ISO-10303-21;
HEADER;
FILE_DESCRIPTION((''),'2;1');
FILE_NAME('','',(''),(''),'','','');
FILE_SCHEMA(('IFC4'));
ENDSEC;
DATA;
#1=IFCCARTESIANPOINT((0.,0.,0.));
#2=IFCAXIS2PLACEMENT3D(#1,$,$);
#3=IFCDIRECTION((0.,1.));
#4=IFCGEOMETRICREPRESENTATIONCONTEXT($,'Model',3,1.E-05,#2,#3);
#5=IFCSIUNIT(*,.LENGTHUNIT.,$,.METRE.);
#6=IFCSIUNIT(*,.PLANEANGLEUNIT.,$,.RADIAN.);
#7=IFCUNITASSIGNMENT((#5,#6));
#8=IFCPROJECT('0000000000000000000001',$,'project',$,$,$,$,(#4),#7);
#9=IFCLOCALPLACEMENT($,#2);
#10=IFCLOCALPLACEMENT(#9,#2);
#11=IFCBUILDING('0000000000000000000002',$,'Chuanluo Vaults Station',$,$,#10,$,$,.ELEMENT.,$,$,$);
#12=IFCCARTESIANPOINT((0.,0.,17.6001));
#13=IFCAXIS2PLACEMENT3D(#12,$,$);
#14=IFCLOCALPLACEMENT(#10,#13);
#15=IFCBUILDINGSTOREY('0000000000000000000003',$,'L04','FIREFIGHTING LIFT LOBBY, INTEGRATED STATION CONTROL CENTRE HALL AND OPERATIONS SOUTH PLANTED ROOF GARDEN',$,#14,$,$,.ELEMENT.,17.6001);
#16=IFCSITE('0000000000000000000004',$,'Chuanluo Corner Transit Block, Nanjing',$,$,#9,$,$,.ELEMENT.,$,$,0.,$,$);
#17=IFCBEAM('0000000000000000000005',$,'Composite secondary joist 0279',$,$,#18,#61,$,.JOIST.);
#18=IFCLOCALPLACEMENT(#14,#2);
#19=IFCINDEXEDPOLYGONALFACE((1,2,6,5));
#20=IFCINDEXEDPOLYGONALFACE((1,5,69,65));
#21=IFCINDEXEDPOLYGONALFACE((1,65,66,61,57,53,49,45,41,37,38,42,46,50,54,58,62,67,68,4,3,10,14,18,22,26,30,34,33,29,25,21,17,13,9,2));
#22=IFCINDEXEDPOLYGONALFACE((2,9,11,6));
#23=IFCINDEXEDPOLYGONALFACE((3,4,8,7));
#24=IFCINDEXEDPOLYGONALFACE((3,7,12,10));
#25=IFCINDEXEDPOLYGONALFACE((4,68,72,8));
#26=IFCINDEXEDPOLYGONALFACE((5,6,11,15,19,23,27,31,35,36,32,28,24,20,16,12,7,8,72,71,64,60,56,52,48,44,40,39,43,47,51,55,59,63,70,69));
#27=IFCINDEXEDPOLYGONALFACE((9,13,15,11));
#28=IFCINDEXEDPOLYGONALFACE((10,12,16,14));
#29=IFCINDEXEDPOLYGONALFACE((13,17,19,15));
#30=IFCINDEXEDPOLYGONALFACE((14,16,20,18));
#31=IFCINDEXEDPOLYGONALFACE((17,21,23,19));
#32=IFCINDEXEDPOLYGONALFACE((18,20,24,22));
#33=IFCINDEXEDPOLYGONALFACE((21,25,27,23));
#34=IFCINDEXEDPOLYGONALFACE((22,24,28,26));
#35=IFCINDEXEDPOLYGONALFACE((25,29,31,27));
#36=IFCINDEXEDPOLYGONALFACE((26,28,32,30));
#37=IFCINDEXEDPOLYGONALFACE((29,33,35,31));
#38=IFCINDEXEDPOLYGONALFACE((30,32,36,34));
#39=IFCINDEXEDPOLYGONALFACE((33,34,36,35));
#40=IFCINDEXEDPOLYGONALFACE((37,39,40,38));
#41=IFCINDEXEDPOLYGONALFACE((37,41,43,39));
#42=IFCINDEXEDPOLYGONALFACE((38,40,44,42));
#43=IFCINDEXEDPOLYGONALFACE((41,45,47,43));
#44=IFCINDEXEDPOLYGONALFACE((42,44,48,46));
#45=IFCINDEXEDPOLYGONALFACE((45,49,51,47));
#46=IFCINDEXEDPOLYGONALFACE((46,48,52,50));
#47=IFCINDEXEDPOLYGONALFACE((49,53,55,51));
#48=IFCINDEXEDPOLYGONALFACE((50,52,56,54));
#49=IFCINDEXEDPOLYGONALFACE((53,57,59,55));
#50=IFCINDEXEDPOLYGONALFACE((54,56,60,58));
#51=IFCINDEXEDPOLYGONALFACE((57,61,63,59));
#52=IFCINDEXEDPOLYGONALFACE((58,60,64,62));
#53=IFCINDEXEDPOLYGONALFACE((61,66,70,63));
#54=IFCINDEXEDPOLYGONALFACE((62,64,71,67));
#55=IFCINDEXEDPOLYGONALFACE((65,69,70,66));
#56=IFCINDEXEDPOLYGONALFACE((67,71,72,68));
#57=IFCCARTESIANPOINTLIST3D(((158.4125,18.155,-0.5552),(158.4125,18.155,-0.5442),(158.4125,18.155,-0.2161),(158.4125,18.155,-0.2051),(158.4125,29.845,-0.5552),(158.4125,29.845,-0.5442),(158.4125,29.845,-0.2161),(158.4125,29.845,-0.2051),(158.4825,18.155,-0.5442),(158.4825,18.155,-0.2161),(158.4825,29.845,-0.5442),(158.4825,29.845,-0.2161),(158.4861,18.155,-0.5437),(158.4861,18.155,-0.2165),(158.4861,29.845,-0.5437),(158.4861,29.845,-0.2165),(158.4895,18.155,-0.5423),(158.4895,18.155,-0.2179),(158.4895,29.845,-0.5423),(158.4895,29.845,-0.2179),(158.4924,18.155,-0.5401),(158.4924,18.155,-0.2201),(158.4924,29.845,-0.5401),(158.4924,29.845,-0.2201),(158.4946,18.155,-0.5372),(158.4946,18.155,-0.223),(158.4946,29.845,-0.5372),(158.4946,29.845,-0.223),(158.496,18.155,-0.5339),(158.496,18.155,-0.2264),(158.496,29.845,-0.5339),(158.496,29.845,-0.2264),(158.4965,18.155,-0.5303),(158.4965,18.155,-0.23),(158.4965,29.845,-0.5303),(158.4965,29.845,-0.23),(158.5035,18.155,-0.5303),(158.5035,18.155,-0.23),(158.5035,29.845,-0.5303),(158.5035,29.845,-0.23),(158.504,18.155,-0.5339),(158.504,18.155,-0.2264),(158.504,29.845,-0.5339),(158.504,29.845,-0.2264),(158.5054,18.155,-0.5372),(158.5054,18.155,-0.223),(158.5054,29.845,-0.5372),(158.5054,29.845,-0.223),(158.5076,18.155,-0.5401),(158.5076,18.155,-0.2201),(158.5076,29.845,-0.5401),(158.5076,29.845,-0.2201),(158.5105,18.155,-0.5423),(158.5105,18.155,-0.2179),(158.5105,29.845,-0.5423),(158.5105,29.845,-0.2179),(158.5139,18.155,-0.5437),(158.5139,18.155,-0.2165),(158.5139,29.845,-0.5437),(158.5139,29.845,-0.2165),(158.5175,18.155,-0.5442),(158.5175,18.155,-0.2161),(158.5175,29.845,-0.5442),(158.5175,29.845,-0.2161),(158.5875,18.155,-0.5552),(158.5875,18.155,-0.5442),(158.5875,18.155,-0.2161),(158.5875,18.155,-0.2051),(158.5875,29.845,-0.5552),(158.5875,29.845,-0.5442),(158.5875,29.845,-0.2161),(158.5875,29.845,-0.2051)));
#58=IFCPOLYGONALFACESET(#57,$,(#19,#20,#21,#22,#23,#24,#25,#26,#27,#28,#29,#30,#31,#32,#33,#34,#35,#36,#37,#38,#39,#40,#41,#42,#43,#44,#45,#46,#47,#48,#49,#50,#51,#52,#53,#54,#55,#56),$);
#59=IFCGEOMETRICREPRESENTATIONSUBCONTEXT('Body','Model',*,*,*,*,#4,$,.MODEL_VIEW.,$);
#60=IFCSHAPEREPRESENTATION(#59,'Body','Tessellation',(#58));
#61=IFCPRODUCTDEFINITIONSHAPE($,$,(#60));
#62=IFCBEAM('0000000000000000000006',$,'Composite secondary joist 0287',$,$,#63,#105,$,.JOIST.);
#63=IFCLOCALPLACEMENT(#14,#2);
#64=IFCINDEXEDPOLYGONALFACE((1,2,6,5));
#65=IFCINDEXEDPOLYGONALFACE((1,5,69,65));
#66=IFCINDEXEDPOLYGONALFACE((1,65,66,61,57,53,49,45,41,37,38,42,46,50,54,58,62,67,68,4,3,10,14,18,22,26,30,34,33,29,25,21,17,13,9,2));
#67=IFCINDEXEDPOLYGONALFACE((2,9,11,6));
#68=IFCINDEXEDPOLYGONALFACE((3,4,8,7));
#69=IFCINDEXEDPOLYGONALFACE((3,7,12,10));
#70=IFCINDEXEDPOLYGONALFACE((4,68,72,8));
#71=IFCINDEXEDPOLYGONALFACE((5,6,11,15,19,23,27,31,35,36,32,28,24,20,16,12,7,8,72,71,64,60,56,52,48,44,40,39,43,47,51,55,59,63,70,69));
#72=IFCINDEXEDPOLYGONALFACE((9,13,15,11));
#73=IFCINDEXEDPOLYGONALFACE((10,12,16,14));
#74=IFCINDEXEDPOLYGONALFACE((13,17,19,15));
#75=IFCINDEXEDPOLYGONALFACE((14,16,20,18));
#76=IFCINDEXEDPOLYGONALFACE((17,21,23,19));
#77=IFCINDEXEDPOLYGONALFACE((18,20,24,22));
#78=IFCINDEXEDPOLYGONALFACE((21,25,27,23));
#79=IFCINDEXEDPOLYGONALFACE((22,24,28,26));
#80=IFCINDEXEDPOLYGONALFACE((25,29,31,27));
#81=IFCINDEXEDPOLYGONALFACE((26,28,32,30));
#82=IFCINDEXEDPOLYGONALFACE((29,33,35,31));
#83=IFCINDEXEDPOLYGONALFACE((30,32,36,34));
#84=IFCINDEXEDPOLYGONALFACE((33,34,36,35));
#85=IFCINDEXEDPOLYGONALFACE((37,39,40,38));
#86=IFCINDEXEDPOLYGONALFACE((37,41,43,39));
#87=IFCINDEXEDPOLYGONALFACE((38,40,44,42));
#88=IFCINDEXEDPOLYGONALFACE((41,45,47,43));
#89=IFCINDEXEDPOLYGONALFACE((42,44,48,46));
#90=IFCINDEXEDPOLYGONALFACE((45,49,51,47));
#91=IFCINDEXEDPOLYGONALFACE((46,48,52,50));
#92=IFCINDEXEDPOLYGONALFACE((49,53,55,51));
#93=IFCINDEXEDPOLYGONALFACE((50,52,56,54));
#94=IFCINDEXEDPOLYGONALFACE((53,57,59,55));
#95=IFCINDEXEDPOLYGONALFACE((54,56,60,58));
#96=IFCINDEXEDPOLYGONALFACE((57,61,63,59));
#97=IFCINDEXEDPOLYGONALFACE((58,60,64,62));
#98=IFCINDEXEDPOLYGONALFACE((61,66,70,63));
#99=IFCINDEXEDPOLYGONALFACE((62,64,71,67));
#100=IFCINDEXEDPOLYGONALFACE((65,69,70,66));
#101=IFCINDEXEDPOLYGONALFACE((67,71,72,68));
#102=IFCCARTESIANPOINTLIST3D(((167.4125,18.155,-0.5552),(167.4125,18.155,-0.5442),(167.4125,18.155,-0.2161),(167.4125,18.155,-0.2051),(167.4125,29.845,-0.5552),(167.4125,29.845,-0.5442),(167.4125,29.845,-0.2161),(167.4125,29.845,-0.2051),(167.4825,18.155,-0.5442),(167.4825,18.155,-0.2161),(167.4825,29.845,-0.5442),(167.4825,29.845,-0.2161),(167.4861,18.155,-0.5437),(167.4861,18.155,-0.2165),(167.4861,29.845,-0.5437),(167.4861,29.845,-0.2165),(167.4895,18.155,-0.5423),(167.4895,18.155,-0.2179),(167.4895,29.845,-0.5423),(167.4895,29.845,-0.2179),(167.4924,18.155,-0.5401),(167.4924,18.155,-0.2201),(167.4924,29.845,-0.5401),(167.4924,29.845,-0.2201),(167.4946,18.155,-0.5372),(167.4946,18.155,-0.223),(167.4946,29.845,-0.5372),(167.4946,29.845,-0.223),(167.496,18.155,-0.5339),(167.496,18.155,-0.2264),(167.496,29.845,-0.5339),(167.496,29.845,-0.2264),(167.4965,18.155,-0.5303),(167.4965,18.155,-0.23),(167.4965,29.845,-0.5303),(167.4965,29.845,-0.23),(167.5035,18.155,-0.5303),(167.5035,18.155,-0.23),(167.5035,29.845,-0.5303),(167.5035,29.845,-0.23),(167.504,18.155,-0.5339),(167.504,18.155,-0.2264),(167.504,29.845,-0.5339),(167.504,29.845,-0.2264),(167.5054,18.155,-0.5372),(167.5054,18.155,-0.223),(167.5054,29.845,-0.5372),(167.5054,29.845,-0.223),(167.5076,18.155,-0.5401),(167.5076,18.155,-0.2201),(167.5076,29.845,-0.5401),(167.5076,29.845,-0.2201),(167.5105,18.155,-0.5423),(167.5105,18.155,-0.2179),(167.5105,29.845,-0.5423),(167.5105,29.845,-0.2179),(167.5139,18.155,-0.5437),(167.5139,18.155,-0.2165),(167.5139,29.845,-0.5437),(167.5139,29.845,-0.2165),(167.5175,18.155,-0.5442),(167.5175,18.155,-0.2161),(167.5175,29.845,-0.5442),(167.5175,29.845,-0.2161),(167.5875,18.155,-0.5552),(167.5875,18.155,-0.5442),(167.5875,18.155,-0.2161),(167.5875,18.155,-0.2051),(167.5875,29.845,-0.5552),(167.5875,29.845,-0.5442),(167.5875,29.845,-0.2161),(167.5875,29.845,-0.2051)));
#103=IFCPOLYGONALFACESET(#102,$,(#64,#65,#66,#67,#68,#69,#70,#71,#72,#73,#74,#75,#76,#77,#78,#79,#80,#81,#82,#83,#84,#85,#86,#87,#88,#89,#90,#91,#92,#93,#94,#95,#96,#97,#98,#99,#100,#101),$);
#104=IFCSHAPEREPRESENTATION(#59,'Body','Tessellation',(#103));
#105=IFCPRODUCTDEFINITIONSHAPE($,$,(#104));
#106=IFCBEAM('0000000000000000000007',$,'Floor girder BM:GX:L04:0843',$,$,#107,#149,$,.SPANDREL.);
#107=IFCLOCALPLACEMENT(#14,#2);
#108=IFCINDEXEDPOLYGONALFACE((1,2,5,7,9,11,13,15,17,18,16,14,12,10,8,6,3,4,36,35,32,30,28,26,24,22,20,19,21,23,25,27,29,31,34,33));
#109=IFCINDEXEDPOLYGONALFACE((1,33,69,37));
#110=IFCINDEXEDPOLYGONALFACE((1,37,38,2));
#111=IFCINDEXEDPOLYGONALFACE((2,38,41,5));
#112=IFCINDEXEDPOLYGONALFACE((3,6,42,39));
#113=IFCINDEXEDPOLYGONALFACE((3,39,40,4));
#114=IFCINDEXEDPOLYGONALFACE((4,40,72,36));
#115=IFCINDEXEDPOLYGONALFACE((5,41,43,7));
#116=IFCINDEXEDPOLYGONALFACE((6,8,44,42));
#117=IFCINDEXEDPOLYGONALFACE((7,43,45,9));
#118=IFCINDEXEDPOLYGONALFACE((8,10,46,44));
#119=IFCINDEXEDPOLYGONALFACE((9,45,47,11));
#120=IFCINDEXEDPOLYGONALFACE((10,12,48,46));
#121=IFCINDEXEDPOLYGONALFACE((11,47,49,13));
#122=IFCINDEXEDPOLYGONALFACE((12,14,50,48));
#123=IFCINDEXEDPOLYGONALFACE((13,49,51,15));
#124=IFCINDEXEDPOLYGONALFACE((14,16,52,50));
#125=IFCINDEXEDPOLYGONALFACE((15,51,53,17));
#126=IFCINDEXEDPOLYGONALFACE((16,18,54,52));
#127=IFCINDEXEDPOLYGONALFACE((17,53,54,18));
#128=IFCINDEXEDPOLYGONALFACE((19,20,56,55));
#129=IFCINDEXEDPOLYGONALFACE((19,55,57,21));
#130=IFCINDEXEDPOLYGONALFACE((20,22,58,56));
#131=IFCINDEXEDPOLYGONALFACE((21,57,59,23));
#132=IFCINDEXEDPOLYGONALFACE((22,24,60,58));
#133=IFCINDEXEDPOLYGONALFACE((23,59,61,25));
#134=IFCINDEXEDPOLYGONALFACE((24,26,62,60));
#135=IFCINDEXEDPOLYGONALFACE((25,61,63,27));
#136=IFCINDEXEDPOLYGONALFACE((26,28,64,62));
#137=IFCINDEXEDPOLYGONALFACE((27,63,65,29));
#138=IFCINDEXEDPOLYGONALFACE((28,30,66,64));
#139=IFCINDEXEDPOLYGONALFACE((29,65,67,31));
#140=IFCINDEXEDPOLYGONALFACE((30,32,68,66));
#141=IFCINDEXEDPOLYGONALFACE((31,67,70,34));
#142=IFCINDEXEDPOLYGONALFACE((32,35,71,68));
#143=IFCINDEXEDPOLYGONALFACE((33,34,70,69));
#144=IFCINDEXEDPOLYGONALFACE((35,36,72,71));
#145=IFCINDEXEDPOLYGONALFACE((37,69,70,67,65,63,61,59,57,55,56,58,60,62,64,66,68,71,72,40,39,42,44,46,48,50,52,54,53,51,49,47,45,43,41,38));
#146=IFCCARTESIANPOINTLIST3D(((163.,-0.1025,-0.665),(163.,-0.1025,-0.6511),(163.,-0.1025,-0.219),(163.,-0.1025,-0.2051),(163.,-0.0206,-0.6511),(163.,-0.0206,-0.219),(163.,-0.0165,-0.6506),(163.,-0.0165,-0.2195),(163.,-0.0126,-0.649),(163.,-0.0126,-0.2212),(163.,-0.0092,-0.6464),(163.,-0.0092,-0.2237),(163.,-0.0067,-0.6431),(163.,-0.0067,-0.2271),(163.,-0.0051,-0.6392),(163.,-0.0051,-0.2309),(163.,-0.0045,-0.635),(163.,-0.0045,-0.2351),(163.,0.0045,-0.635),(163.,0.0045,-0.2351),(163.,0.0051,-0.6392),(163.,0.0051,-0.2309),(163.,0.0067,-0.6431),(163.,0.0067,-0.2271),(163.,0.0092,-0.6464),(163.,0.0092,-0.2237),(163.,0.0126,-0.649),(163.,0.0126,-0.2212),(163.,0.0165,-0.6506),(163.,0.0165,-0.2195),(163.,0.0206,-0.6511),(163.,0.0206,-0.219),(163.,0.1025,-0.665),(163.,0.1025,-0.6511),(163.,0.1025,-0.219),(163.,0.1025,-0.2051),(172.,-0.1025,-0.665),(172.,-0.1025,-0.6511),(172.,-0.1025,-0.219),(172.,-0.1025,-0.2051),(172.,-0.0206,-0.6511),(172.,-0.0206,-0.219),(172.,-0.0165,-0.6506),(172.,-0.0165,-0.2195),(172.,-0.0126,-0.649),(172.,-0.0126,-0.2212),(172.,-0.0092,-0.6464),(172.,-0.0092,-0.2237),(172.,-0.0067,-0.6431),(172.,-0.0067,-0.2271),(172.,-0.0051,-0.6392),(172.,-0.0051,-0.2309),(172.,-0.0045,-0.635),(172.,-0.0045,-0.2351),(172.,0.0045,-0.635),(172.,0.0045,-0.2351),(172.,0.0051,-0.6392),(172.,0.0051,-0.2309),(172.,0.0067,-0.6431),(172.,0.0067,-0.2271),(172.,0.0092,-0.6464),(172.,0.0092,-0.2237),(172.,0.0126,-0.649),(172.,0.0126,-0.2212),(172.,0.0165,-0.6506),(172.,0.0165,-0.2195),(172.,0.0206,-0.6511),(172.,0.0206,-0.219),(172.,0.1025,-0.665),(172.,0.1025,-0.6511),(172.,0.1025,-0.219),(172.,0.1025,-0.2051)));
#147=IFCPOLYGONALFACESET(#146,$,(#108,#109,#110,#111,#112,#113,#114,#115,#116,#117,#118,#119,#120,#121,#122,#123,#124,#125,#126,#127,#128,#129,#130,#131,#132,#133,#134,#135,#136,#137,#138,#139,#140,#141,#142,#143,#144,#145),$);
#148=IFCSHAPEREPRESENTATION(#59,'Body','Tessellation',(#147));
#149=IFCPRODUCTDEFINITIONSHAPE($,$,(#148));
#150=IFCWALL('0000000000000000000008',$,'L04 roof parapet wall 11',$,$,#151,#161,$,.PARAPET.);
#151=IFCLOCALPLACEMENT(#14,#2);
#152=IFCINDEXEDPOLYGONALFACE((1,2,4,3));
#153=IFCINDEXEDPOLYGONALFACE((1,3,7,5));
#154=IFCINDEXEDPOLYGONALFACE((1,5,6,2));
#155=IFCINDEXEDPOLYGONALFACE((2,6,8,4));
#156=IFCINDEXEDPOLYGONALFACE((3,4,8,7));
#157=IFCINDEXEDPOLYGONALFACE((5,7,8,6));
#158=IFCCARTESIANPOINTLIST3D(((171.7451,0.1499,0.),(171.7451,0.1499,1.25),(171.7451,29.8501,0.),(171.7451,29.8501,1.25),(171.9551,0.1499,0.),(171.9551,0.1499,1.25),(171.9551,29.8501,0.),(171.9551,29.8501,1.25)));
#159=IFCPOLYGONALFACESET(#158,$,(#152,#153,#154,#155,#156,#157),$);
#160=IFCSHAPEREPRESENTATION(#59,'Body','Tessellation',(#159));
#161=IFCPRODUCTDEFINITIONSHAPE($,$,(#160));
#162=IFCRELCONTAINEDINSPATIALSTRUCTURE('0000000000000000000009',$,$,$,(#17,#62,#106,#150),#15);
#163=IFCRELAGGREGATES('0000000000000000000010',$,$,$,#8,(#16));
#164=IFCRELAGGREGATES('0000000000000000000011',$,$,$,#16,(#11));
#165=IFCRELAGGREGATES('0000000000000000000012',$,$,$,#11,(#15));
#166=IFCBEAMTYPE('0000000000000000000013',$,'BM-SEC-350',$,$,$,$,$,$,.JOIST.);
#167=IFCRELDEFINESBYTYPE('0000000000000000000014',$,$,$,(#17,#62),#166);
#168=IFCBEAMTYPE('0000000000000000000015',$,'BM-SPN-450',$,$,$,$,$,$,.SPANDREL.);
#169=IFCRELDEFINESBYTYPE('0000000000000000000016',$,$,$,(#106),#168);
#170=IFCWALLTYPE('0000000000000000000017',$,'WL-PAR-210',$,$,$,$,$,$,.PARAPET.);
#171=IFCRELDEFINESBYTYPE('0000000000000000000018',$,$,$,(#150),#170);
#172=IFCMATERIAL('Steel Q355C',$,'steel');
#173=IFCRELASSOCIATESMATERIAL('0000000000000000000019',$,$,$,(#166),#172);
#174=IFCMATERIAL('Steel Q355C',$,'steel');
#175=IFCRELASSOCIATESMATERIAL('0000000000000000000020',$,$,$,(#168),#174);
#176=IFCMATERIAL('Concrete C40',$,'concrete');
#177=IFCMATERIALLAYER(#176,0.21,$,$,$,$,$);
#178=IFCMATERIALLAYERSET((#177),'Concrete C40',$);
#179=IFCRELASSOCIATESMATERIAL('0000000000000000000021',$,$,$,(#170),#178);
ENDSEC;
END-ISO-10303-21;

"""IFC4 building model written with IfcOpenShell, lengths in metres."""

from ifc_helpers import new_model, si_unit, direction, frame, frame_2d, origin, origin_2d, place, context, subcontext, project, spatial, rectangle, i_section, extrude, material, layer, layer_set, material_profile, profile_set, type_object, element, save


model = new_model("IFC4")

# Units and contexts
model_context = context("Model", 3, precision=1e-05, world=origin(), true_north=direction((0.0, 1.0)))
body_context = subcontext(model_context, "Body", "Model", "MODEL_VIEW")
ifc_project = project(units=[si_unit("LENGTHUNIT", "METRE"), si_unit("PLANEANGLEUNIT", "RADIAN")], contexts=[model_context])

# Site, building, storey
site_placement = place(None, origin())
site = spatial("IfcSite", under=ifc_project, at=site_placement, Name="Chuanluo Corner Transit Block, Nanjing", CompositionType="ELEMENT", RefElevation=0.0)
building_placement = place(site_placement, origin())
building = spatial("IfcBuilding", under=site, at=building_placement, Name="Chuanluo Vaults Station", CompositionType="ELEMENT")
storey_placement = place(building_placement, frame((0.0, 0.0, 17.6001)))
storey = spatial("IfcBuildingStorey", under=building, at=storey_placement, Name="L04", Description="FIREFIGHTING LIFT LOBBY, INTEGRATED STATION CONTROL CENTRE HALL AND OPERATIONS SOUTH PLANTED ROOF GARDEN", CompositionType="ELEMENT", Elevation=17.6001)

# Beams
ifc_material_1 = material(Name="Steel Q355C", Category="steel")
ifc_material_profile_1 = material_profile(ifc_material_1, i_section(OverallWidth=0.175, OverallDepth=0.3501, WebThickness=0.0071, FlangeThickness=0.011, FilletRadius=0.0139, at=origin_2d()))
ifc_profile_set_1 = profile_set([ifc_material_profile_1], Name="Steel Q355C")
beam_type_1 = type_object("IfcBeamType", Name="BM-SEC-350", PredefinedType="JOIST", material=ifc_profile_set_1)
for number, where, z_axis, x_axis, name in (
    (1, (158.5, 18.155, -0.3801), (0.0, 1.0, 0.0), (-1.0, 0.0, 0.0), "Composite secondary joist 0279"),
    (2, (167.5, 18.155, -0.3801), (0.0, 1.0, 0.0), (-1.0, 0.0, 0.0), "Composite secondary joist 0287"),
):
    element("IfcBeam", number, at=place(storey_placement, frame(where, z_axis=z_axis, x_axis=x_axis)), inside=storey, type_object=beam_type_1, Name=name, PredefinedType="JOIST", context=body_context, shape_type="SweptSolid", body=[
        extrude(i_section(OverallWidth=0.175, OverallDepth=0.3501, WebThickness=0.0071, FlangeThickness=0.011, FilletRadius=0.0139, at=origin_2d()), origin(), (0.0, 0.0, 1.0), 11.6899),
    ])
ifc_material_2 = material(Name="Steel Q355C", Category="steel")
ifc_material_profile_2 = material_profile(ifc_material_2, i_section(OverallWidth=0.2051, OverallDepth=0.46, WebThickness=0.009, FlangeThickness=0.0139, FilletRadius=0.0161, at=origin_2d()))
ifc_profile_set_2 = profile_set([ifc_material_profile_2], Name="Steel Q355C")
beam_type_2 = type_object("IfcBeamType", Name="BM-SPN-450", PredefinedType="SPANDREL", material=ifc_profile_set_2)
beam_1_placement = place(storey_placement, frame((163.0, 0.0, -0.4351), z_axis=(1.0, 0.0, 0.0), x_axis=(0.0, 1.0, 0.0)))
element("IfcBeam", 3, at=beam_1_placement, inside=storey, type_object=beam_type_2, Name="Floor girder BM:GX:L04:0843", PredefinedType="SPANDREL", context=body_context, shape_type="SweptSolid", body=[
    extrude(i_section(OverallWidth=0.2051, OverallDepth=0.46, WebThickness=0.009, FlangeThickness=0.0139, FilletRadius=0.0161, at=origin_2d()), origin(), (0.0, 0.0, 1.0), 9.0),
])

# Wall
ifc_material_3 = material(Name="Concrete C40", Category="concrete")
ifc_layer = layer(ifc_material_3, 0.21)
ifc_layer_set = layer_set([ifc_layer], Name="Concrete C40")
wall_type = type_object("IfcWallType", Name="WL-PAR-210", PredefinedType="PARAPET", material=ifc_layer_set)
wall_placement = place(storey_placement, frame((171.8501, 0.1499, 0.0), z_axis=(0.0, 0.0, 1.0), x_axis=(0.0, 1.0, 0.0)))
element("IfcWall", 4, at=wall_placement, inside=storey, type_object=wall_type, Name="L04 roof parapet wall 11", PredefinedType="PARAPET", context=body_context, shape_type="SweptSolid", body=[
    extrude(rectangle(XDim=29.7002, YDim=0.21, at=frame_2d((14.8501, 0.0))), origin(), (0.0, 0.0, 1.0), 1.25),
])

save(model, "model.ifc")
